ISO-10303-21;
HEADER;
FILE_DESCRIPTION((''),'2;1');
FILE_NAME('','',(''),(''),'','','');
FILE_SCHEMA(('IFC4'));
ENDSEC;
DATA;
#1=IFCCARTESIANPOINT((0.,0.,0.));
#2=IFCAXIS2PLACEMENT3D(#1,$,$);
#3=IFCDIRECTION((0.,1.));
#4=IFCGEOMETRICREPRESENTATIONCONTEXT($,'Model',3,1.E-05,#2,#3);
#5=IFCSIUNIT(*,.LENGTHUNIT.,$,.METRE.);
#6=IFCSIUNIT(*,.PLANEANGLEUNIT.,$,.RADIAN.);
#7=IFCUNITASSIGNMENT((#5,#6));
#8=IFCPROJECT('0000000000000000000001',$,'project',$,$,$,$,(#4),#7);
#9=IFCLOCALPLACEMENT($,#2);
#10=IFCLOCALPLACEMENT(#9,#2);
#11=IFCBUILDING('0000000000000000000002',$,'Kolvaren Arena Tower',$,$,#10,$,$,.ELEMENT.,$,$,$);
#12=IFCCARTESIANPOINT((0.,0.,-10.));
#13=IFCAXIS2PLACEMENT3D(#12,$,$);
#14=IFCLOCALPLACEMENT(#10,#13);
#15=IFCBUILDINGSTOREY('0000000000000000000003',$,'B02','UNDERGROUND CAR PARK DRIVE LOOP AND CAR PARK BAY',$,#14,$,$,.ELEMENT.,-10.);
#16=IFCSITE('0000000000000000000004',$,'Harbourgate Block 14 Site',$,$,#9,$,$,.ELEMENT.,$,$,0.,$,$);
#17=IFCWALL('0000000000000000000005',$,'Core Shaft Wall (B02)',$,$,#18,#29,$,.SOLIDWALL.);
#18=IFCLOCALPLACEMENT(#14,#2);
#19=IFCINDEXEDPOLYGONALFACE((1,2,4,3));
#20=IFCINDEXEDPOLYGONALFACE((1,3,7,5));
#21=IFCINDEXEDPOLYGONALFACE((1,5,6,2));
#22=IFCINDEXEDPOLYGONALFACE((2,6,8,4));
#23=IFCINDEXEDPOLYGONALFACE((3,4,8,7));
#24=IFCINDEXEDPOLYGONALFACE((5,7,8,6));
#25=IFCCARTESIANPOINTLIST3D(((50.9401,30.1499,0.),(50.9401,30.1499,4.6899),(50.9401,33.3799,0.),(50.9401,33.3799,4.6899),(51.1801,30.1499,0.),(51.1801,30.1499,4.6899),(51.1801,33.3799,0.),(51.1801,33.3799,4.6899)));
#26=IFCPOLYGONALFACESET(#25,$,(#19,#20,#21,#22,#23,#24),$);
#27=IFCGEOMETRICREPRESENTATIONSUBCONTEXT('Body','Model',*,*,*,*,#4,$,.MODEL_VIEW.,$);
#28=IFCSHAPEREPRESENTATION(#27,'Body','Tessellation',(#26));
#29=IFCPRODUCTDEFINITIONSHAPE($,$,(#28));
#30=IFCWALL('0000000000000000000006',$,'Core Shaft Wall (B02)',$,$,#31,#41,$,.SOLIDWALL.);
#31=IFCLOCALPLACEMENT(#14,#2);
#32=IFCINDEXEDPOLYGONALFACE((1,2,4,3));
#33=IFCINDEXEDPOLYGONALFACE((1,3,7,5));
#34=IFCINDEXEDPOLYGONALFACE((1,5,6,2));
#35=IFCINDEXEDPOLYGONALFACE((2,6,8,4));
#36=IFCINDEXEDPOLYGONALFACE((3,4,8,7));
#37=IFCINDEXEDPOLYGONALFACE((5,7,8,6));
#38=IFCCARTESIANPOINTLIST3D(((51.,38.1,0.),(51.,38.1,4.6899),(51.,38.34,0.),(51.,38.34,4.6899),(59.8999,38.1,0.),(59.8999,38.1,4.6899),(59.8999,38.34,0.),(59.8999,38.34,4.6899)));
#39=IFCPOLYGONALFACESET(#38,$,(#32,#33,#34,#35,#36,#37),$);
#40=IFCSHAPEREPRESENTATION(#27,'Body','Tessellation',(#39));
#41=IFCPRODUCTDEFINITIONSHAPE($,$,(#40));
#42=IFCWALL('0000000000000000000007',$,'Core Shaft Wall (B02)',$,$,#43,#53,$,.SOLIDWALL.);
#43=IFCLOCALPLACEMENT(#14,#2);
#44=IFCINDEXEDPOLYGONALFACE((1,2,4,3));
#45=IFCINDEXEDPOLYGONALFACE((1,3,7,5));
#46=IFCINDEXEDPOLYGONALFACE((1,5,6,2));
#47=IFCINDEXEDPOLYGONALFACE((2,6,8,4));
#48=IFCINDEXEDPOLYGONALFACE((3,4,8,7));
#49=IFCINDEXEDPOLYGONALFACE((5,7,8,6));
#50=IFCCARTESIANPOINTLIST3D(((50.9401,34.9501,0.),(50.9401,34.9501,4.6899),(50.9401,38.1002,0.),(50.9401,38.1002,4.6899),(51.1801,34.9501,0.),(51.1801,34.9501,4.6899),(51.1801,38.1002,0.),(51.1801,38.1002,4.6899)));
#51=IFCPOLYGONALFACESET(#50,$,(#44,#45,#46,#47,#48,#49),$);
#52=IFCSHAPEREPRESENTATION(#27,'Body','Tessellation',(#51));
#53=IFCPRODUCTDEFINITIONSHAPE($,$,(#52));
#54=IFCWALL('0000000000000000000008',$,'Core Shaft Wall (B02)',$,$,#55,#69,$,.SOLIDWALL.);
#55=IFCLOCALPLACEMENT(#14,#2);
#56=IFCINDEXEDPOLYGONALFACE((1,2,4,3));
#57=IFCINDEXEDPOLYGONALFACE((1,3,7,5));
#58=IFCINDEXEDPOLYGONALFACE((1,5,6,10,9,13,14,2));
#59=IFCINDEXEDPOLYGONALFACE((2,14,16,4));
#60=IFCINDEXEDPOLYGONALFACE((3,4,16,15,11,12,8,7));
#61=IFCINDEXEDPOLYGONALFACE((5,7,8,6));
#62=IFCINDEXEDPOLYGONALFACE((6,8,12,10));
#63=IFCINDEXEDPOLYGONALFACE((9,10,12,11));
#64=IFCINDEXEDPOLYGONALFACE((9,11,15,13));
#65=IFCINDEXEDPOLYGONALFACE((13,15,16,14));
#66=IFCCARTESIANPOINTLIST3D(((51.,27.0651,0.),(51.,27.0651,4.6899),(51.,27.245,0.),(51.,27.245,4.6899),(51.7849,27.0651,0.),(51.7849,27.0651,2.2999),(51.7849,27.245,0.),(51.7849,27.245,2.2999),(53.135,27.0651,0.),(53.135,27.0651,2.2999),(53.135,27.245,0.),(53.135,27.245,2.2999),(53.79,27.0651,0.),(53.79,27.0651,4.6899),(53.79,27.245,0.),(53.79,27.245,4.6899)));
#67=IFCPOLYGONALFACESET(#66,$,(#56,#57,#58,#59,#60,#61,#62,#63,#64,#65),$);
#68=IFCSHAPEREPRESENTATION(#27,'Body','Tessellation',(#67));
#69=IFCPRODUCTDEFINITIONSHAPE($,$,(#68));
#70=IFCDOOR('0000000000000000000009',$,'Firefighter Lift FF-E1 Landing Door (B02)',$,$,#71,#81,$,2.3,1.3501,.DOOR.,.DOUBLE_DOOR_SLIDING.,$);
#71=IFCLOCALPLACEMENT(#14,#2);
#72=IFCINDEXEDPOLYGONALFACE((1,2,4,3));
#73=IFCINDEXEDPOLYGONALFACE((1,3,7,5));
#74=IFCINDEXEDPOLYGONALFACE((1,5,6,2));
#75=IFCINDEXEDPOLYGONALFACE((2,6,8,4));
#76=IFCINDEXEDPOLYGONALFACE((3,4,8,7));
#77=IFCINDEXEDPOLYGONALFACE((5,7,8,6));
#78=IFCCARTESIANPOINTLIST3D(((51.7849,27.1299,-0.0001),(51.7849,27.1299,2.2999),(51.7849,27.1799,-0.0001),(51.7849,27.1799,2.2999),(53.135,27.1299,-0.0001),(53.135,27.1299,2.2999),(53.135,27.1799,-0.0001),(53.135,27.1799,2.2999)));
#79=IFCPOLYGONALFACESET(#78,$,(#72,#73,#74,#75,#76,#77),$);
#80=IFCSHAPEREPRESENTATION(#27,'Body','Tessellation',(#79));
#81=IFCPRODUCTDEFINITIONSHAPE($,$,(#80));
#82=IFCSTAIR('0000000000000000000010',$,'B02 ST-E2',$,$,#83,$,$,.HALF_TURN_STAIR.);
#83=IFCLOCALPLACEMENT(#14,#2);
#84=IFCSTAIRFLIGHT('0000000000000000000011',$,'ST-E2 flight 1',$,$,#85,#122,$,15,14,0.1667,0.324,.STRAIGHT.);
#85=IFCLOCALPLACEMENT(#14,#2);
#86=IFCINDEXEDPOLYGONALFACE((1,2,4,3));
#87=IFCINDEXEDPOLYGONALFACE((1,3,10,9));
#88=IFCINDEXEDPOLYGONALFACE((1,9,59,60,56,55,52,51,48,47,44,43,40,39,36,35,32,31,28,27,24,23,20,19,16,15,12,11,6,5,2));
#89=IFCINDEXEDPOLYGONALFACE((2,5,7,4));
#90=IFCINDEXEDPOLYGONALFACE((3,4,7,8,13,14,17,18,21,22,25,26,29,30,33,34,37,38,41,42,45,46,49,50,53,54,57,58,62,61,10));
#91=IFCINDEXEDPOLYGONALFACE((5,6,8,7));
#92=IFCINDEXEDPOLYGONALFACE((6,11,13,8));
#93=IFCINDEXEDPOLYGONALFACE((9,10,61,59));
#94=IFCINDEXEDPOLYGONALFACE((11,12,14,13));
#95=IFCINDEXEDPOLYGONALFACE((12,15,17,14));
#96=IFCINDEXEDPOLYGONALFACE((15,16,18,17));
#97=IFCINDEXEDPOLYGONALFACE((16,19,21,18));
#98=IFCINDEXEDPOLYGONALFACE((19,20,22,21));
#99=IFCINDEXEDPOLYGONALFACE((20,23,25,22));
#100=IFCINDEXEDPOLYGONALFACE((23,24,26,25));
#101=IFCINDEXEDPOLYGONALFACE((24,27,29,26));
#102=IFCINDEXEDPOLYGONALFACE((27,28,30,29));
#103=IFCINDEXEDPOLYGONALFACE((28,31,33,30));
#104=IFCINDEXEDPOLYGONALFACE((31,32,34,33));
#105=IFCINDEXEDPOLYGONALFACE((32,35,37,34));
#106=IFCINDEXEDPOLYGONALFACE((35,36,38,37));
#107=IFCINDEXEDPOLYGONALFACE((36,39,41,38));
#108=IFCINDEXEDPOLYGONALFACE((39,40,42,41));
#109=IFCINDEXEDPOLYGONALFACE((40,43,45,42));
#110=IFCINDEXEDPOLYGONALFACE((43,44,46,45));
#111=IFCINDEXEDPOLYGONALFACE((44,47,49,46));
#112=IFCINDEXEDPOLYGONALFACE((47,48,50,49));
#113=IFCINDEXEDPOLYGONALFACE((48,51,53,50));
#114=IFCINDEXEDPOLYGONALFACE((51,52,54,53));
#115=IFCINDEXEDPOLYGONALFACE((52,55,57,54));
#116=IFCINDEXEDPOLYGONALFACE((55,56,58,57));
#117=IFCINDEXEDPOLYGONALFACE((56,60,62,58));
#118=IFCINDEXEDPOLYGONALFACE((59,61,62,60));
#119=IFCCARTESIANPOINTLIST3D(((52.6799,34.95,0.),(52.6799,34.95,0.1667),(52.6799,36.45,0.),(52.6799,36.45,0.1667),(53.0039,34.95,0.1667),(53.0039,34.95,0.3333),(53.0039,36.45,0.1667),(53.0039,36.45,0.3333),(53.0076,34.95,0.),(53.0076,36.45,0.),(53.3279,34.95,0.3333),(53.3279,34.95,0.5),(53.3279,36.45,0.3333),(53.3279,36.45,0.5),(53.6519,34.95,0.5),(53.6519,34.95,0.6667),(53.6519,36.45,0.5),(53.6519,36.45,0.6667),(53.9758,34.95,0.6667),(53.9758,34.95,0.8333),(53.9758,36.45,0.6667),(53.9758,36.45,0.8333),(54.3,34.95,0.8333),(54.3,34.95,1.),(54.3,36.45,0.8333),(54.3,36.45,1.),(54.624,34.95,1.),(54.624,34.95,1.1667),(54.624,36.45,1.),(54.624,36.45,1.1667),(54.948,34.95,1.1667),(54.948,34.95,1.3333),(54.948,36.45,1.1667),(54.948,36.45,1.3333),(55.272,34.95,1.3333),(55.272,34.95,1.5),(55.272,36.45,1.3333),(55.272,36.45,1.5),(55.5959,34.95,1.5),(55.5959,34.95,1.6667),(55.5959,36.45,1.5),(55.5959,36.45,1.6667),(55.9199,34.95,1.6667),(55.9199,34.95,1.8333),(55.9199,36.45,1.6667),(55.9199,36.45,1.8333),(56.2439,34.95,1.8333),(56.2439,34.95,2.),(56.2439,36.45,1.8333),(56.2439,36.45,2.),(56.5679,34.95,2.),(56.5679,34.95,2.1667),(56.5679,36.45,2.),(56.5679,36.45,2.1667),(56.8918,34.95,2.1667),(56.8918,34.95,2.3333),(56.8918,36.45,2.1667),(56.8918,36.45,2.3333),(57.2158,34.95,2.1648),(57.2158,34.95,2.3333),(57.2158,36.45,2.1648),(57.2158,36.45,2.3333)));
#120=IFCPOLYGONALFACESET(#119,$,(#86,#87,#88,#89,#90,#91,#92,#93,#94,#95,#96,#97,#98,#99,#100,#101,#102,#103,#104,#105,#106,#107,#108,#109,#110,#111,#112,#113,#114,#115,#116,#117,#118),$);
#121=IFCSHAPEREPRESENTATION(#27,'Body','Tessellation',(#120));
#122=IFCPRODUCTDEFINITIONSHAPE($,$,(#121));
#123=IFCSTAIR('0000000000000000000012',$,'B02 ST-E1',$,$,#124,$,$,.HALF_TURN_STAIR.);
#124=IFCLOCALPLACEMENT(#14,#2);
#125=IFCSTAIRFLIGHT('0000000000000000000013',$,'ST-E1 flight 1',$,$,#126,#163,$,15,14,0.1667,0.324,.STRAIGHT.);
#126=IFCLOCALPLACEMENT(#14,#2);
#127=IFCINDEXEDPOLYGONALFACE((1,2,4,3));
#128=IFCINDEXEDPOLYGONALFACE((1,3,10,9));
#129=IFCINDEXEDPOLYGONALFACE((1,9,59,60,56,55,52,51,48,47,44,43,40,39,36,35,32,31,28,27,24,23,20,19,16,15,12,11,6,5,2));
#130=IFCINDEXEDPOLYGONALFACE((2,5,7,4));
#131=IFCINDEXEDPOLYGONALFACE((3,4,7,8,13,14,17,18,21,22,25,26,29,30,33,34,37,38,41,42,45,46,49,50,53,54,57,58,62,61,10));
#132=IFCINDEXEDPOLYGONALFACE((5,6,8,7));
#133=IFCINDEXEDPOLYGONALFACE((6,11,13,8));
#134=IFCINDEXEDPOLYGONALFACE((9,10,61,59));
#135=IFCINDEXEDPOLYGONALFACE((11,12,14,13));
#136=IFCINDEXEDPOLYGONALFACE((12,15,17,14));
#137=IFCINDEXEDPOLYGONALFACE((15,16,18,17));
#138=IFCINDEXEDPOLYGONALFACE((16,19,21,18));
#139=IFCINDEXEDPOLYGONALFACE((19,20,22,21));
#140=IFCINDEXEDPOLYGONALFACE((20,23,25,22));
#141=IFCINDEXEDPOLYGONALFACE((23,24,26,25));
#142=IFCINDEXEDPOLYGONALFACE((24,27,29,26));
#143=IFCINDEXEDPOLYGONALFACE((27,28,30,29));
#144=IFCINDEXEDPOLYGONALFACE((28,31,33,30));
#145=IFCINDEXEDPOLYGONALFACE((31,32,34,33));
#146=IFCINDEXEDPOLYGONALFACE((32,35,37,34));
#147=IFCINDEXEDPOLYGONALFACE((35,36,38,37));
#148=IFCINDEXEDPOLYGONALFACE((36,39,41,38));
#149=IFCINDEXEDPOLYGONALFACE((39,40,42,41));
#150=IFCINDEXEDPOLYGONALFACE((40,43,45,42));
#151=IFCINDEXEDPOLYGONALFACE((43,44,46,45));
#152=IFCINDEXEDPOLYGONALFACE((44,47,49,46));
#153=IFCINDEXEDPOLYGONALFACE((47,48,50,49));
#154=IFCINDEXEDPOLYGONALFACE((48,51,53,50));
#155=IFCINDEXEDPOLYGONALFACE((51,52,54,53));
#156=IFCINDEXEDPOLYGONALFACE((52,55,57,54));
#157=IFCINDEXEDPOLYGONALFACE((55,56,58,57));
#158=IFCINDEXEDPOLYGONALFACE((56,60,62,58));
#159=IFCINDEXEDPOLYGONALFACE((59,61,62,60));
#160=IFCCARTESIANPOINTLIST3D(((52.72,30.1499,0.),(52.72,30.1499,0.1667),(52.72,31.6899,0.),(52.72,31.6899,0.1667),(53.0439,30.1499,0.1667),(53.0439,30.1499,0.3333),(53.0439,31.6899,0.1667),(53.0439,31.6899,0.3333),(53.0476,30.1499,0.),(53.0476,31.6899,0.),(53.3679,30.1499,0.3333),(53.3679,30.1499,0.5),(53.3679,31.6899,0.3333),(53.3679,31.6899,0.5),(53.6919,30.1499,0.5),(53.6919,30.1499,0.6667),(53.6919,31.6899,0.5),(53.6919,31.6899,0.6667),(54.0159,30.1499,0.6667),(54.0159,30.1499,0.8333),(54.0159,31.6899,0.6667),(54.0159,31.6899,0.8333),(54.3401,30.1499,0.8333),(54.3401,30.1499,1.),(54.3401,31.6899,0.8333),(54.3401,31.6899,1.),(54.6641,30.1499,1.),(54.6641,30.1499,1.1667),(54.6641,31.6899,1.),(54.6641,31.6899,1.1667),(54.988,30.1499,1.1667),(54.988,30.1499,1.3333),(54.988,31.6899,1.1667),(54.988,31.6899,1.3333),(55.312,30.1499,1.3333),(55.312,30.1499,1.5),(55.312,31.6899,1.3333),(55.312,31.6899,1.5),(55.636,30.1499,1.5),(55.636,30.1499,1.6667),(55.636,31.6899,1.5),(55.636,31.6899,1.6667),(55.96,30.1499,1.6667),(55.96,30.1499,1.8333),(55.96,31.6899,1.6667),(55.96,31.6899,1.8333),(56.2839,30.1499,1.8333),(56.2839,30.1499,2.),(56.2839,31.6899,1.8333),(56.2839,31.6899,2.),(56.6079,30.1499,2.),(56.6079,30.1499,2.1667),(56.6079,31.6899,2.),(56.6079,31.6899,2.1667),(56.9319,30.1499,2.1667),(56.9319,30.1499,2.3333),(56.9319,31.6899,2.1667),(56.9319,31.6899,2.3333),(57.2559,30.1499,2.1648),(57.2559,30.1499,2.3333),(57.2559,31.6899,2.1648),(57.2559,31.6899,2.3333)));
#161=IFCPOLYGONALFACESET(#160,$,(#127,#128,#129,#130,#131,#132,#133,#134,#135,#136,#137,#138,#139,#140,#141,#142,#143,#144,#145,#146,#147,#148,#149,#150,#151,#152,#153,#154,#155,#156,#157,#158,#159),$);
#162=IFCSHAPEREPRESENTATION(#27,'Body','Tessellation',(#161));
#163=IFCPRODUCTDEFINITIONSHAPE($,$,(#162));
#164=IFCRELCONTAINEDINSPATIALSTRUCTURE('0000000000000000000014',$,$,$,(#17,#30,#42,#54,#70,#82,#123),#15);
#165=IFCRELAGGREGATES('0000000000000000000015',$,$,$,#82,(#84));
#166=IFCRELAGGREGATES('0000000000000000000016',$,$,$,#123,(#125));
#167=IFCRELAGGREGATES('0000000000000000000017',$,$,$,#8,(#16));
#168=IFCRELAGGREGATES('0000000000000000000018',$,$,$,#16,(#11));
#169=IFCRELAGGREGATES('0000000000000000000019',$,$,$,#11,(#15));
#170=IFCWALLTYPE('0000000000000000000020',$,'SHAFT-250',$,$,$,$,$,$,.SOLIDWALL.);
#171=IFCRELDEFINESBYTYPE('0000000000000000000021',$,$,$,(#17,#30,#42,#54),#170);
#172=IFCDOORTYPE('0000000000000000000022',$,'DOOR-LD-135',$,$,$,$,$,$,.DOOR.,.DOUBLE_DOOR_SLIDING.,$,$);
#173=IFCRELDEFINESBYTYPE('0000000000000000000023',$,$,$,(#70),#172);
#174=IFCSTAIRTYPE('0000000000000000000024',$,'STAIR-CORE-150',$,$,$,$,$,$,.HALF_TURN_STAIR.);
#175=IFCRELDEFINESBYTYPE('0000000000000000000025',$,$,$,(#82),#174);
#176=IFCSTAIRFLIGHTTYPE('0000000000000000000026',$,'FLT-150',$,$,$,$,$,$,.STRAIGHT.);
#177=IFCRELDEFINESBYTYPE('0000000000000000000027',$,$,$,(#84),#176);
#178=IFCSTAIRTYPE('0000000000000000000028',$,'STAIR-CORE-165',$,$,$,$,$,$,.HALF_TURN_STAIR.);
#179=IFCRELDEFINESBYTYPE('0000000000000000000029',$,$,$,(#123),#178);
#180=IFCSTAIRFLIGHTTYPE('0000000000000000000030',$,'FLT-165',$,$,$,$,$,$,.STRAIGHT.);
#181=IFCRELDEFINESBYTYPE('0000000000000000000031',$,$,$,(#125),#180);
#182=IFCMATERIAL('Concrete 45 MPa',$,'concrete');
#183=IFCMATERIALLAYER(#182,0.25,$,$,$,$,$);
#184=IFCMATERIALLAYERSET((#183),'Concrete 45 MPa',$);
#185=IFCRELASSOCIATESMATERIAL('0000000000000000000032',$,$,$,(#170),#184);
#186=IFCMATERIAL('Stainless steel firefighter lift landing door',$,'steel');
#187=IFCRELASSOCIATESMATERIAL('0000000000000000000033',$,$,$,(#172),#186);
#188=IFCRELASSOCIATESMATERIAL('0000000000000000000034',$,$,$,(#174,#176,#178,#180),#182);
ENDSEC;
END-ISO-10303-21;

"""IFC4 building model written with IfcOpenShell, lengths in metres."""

from ifc_helpers import new_model, si_unit, direction, frame, frame_2d, origin, place, context, subcontext, project, spatial, polyline, rectangle, outline, extrude, material, layer, layer_set, type_object, element, fill, aggregate, save


model = new_model("IFC4")

# Units and contexts
model_context = context("Model", 3, precision=1e-05, world=origin(), true_north=direction((0.0, 1.0)))
body_context = subcontext(model_context, "Body", "Model", "MODEL_VIEW")
ifc_project = project(units=[si_unit("LENGTHUNIT", "METRE"), si_unit("PLANEANGLEUNIT", "RADIAN")], contexts=[model_context])

# Site, building, storey
site_placement = place(None, origin())
site = spatial("IfcSite", under=ifc_project, at=site_placement, Name="Harbourgate Block 14 Site", CompositionType="ELEMENT", RefElevation=0.0)
building_placement = place(site_placement, origin())
building = spatial("IfcBuilding", under=site, at=building_placement, Name="Kolvaren Arena Tower", CompositionType="ELEMENT")
storey_placement = place(building_placement, frame((0.0, 0.0, -10.0)))
storey = spatial("IfcBuildingStorey", under=building, at=storey_placement, Name="B02", Description="UNDERGROUND CAR PARK DRIVE LOOP AND CAR PARK BAY", CompositionType="ELEMENT", Elevation=-10.0)

# Walls
ifc_material_1 = material(Name="Concrete 45 MPa", Category="concrete")
ifc_layer_1 = layer(ifc_material_1, 0.25)
ifc_layer_set_1 = layer_set([ifc_layer_1], Name="Concrete 45 MPa")
wall_type_1 = type_object("IfcWallType", Name="SHAFT-250", PredefinedType="SOLIDWALL", material=ifc_layer_set_1)
wall_1_placement = place(storey_placement, frame((51.0601, 30.1499, 0.0), z_axis=(0.0, 0.0, 1.0), x_axis=(0.0, 1.0, 0.0)))
element("IfcWall", 1, at=wall_1_placement, inside=storey, type_object=wall_type_1, Name="Core Shaft Wall (B02)", PredefinedType="SOLIDWALL", context=body_context, shape_type="SweptSolid", body=[
    extrude(rectangle(XDim=3.23, YDim=0.24, at=frame_2d((1.615, 0.0))), origin(), (0.0, 0.0, 1.0), 4.6899),
])
wall_2_placement = place(storey_placement, frame((51.0, 38.22, 0.0), z_axis=(0.0, 0.0, 1.0), x_axis=(1.0, 0.0, 0.0)))
element("IfcWall", 2, at=wall_2_placement, inside=storey, type_object=wall_type_1, Name="Core Shaft Wall (B02)", PredefinedType="SOLIDWALL", context=body_context, shape_type="SweptSolid", body=[
    extrude(rectangle(XDim=8.8999, YDim=0.24, at=frame_2d((4.45, 0.0))), origin(), (0.0, 0.0, 1.0), 4.6899),
])
wall_3_placement = place(storey_placement, frame((51.0601, 34.95, 0.0), z_axis=(0.0, 0.0, 1.0), x_axis=(0.0, 1.0, 0.0)))
element("IfcWall", 3, at=wall_3_placement, inside=storey, type_object=wall_type_1, Name="Core Shaft Wall (B02)", PredefinedType="SOLIDWALL", context=body_context, shape_type="SweptSolid", body=[
    extrude(rectangle(XDim=3.1501, YDim=0.24, at=frame_2d((1.5752, 0.0))), origin(), (0.0, 0.0, 1.0), 4.6899),
])

# Wall, opening, door
wall_4_placement = place(storey_placement, frame((51.0, 27.155, 0.0), z_axis=(0.0, 0.0, 1.0), x_axis=(1.0, 0.0, 0.0)))
wall_4 = element("IfcWall", 4, at=wall_4_placement, inside=storey, type_object=wall_type_1, Name="Core Shaft Wall (B02)", PredefinedType="SOLIDWALL", context=body_context, shape_type="SweptSolid", body=[
    extrude(rectangle(XDim=2.79, YDim=0.1799, at=frame_2d((1.395, 0.0))), origin(), (0.0, 0.0, 1.0), 4.6899),
])
opening_placement = place(wall_4_placement, frame((0.7849, 0.0, 0.0)))
opening = element("IfcOpeningElement", 5, at=opening_placement, cuts=wall_4, PredefinedType="OPENING", context=body_context, shape_type="SweptSolid", body=[
    extrude(rectangle(XDim=1.3501, YDim=2.3, at=frame_2d((0.675, 1.1499))), frame((0.0, 0.0999, 0.0), z_axis=(0.0, -1.0, 0.0), x_axis=(1.0, 0.0, 0.0)), (0.0, 0.0, 1.0), 0.2),
])
ifc_material_2 = material(Name="Stainless steel firefighter lift landing door", Category="steel")
door_type = type_object("IfcDoorType", Name="DOOR-LD-135", OperationType="DOUBLE_DOOR_SLIDING", PredefinedType="DOOR", material=ifc_material_2)
door_placement = place(opening_placement, origin())
door = element("IfcDoor", 6, at=door_placement, inside=storey, type_object=door_type, Name="Firefighter Lift FF-E1 Landing Door (B02)", OperationType="DOUBLE_DOOR_SLIDING", OverallHeight=2.3, OverallWidth=1.3501, PredefinedType="DOOR", context=body_context, shape_type="SweptSolid", body=[
    extrude(rectangle(XDim=1.3501, YDim=2.3, at=frame_2d((0.675, 1.1499))), frame((0.0, 0.0249, 0.0), z_axis=(0.0, -1.0, 0.0), x_axis=(1.0, 0.0, 0.0)), (0.0, 0.0, 1.0), 0.05),
])
fill(opening, door)

# Stairs, stair flights
stair_type_1 = type_object("IfcStairType", Name="STAIR-CORE-150", PredefinedType="HALF_TURN_STAIR", material=ifc_material_1)
stair_1_placement = place(storey_placement, origin())
stair_1 = element("IfcStair", 7, at=stair_1_placement, inside=storey, type_object=stair_type_1, Name="B02 ST-E2", PredefinedType="HALF_TURN_STAIR")
stair_flight_type_1 = type_object("IfcStairFlightType", Name="FLT-150", PredefinedType="STRAIGHT", material=ifc_material_1)
stair_flight_1_placement = place(storey_placement, frame((52.6799, 35.7, 0.0), z_axis=(0.0, 0.0, 1.0), x_axis=(1.0, 0.0, 0.0)))
stair_flight_1 = element("IfcStairFlight", 8, at=stair_flight_1_placement, type_object=stair_flight_type_1, Name="ST-E2 flight 1", NumberOfRisers=15, NumberOfTreads=14, PredefinedType="STRAIGHT", RiserHeight=0.1667, TreadLength=0.324, context=body_context, shape_type="SweptSolid", body=[
    extrude(outline(polyline([(0.0, 0.0), (0.0, 0.1667), (0.324, 0.1667), (0.324, 0.3333), (0.6479, 0.3333), (0.6479, 0.5), (0.9719, 0.5), (0.9719, 0.6667), (1.2959, 0.6667), (1.2959, 0.8333), (1.6201, 0.8333), (1.6201, 1.0), (1.9441, 1.0), (1.9441, 1.1667), (2.2681, 1.1667), (2.2681, 1.3333), (2.592, 1.3333), (2.592, 1.5), (2.916, 1.5), (2.916, 1.6667), (3.24, 1.6667), (3.24, 1.8333), (3.564, 1.8333), (3.564, 2.0), (3.8879, 2.0), (3.8879, 2.1667), (4.2119, 2.1667), (4.2119, 2.3333), (4.5359, 2.3333), (4.5359, 2.5), (4.5359, 2.1648), (0.3276, 0.0), (0.0, 0.0)])), frame((0.0, 0.75, 0.0), z_axis=(0.0, -1.0, 0.0), x_axis=(1.0, 0.0, 0.0)), (0.0, 0.0, 1.0), 1.5),
])
aggregate(stair_1, [stair_flight_1])
stair_type_2 = type_object("IfcStairType", Name="STAIR-CORE-165", PredefinedType="HALF_TURN_STAIR", material=ifc_material_1)
stair_2_placement = place(storey_placement, origin())
stair_2 = element("IfcStair", 9, at=stair_2_placement, inside=storey, type_object=stair_type_2, Name="B02 ST-E1", PredefinedType="HALF_TURN_STAIR")
stair_flight_type_2 = type_object("IfcStairFlightType", Name="FLT-165", PredefinedType="STRAIGHT", material=ifc_material_1)
stair_flight_2_placement = place(storey_placement, frame((52.72, 30.9199, 0.0), z_axis=(0.0, 0.0, 1.0), x_axis=(1.0, 0.0, 0.0)))
stair_flight_2 = element("IfcStairFlight", 10, at=stair_flight_2_placement, type_object=stair_flight_type_2, Name="ST-E1 flight 1", NumberOfRisers=15, NumberOfTreads=14, PredefinedType="STRAIGHT", RiserHeight=0.1667, TreadLength=0.324, context=body_context, shape_type="SweptSolid", body=[
    extrude(outline(polyline([(0.0, 0.0), (0.0, 0.1667), (0.324, 0.1667), (0.324, 0.3333), (0.6479, 0.3333), (0.6479, 0.5), (0.9719, 0.5), (0.9719, 0.6667), (1.2959, 0.6667), (1.2959, 0.8333), (1.6201, 0.8333), (1.6201, 1.0), (1.9441, 1.0), (1.9441, 1.1667), (2.2681, 1.1667), (2.2681, 1.3333), (2.592, 1.3333), (2.592, 1.5), (2.916, 1.5), (2.916, 1.6667), (3.24, 1.6667), (3.24, 1.8333), (3.564, 1.8333), (3.564, 2.0), (3.8879, 2.0), (3.8879, 2.1667), (4.2119, 2.1667), (4.2119, 2.3333), (4.5359, 2.3333), (4.5359, 2.5), (4.5359, 2.1648), (0.3276, 0.0), (0.0, 0.0)])), frame((0.0, 0.77, 0.0), z_axis=(0.0, -1.0, 0.0), x_axis=(1.0, 0.0, 0.0)), (0.0, 0.0, 1.0), 1.54),
])
aggregate(stair_2, [stair_flight_2])

save(model, "model.ifc")
